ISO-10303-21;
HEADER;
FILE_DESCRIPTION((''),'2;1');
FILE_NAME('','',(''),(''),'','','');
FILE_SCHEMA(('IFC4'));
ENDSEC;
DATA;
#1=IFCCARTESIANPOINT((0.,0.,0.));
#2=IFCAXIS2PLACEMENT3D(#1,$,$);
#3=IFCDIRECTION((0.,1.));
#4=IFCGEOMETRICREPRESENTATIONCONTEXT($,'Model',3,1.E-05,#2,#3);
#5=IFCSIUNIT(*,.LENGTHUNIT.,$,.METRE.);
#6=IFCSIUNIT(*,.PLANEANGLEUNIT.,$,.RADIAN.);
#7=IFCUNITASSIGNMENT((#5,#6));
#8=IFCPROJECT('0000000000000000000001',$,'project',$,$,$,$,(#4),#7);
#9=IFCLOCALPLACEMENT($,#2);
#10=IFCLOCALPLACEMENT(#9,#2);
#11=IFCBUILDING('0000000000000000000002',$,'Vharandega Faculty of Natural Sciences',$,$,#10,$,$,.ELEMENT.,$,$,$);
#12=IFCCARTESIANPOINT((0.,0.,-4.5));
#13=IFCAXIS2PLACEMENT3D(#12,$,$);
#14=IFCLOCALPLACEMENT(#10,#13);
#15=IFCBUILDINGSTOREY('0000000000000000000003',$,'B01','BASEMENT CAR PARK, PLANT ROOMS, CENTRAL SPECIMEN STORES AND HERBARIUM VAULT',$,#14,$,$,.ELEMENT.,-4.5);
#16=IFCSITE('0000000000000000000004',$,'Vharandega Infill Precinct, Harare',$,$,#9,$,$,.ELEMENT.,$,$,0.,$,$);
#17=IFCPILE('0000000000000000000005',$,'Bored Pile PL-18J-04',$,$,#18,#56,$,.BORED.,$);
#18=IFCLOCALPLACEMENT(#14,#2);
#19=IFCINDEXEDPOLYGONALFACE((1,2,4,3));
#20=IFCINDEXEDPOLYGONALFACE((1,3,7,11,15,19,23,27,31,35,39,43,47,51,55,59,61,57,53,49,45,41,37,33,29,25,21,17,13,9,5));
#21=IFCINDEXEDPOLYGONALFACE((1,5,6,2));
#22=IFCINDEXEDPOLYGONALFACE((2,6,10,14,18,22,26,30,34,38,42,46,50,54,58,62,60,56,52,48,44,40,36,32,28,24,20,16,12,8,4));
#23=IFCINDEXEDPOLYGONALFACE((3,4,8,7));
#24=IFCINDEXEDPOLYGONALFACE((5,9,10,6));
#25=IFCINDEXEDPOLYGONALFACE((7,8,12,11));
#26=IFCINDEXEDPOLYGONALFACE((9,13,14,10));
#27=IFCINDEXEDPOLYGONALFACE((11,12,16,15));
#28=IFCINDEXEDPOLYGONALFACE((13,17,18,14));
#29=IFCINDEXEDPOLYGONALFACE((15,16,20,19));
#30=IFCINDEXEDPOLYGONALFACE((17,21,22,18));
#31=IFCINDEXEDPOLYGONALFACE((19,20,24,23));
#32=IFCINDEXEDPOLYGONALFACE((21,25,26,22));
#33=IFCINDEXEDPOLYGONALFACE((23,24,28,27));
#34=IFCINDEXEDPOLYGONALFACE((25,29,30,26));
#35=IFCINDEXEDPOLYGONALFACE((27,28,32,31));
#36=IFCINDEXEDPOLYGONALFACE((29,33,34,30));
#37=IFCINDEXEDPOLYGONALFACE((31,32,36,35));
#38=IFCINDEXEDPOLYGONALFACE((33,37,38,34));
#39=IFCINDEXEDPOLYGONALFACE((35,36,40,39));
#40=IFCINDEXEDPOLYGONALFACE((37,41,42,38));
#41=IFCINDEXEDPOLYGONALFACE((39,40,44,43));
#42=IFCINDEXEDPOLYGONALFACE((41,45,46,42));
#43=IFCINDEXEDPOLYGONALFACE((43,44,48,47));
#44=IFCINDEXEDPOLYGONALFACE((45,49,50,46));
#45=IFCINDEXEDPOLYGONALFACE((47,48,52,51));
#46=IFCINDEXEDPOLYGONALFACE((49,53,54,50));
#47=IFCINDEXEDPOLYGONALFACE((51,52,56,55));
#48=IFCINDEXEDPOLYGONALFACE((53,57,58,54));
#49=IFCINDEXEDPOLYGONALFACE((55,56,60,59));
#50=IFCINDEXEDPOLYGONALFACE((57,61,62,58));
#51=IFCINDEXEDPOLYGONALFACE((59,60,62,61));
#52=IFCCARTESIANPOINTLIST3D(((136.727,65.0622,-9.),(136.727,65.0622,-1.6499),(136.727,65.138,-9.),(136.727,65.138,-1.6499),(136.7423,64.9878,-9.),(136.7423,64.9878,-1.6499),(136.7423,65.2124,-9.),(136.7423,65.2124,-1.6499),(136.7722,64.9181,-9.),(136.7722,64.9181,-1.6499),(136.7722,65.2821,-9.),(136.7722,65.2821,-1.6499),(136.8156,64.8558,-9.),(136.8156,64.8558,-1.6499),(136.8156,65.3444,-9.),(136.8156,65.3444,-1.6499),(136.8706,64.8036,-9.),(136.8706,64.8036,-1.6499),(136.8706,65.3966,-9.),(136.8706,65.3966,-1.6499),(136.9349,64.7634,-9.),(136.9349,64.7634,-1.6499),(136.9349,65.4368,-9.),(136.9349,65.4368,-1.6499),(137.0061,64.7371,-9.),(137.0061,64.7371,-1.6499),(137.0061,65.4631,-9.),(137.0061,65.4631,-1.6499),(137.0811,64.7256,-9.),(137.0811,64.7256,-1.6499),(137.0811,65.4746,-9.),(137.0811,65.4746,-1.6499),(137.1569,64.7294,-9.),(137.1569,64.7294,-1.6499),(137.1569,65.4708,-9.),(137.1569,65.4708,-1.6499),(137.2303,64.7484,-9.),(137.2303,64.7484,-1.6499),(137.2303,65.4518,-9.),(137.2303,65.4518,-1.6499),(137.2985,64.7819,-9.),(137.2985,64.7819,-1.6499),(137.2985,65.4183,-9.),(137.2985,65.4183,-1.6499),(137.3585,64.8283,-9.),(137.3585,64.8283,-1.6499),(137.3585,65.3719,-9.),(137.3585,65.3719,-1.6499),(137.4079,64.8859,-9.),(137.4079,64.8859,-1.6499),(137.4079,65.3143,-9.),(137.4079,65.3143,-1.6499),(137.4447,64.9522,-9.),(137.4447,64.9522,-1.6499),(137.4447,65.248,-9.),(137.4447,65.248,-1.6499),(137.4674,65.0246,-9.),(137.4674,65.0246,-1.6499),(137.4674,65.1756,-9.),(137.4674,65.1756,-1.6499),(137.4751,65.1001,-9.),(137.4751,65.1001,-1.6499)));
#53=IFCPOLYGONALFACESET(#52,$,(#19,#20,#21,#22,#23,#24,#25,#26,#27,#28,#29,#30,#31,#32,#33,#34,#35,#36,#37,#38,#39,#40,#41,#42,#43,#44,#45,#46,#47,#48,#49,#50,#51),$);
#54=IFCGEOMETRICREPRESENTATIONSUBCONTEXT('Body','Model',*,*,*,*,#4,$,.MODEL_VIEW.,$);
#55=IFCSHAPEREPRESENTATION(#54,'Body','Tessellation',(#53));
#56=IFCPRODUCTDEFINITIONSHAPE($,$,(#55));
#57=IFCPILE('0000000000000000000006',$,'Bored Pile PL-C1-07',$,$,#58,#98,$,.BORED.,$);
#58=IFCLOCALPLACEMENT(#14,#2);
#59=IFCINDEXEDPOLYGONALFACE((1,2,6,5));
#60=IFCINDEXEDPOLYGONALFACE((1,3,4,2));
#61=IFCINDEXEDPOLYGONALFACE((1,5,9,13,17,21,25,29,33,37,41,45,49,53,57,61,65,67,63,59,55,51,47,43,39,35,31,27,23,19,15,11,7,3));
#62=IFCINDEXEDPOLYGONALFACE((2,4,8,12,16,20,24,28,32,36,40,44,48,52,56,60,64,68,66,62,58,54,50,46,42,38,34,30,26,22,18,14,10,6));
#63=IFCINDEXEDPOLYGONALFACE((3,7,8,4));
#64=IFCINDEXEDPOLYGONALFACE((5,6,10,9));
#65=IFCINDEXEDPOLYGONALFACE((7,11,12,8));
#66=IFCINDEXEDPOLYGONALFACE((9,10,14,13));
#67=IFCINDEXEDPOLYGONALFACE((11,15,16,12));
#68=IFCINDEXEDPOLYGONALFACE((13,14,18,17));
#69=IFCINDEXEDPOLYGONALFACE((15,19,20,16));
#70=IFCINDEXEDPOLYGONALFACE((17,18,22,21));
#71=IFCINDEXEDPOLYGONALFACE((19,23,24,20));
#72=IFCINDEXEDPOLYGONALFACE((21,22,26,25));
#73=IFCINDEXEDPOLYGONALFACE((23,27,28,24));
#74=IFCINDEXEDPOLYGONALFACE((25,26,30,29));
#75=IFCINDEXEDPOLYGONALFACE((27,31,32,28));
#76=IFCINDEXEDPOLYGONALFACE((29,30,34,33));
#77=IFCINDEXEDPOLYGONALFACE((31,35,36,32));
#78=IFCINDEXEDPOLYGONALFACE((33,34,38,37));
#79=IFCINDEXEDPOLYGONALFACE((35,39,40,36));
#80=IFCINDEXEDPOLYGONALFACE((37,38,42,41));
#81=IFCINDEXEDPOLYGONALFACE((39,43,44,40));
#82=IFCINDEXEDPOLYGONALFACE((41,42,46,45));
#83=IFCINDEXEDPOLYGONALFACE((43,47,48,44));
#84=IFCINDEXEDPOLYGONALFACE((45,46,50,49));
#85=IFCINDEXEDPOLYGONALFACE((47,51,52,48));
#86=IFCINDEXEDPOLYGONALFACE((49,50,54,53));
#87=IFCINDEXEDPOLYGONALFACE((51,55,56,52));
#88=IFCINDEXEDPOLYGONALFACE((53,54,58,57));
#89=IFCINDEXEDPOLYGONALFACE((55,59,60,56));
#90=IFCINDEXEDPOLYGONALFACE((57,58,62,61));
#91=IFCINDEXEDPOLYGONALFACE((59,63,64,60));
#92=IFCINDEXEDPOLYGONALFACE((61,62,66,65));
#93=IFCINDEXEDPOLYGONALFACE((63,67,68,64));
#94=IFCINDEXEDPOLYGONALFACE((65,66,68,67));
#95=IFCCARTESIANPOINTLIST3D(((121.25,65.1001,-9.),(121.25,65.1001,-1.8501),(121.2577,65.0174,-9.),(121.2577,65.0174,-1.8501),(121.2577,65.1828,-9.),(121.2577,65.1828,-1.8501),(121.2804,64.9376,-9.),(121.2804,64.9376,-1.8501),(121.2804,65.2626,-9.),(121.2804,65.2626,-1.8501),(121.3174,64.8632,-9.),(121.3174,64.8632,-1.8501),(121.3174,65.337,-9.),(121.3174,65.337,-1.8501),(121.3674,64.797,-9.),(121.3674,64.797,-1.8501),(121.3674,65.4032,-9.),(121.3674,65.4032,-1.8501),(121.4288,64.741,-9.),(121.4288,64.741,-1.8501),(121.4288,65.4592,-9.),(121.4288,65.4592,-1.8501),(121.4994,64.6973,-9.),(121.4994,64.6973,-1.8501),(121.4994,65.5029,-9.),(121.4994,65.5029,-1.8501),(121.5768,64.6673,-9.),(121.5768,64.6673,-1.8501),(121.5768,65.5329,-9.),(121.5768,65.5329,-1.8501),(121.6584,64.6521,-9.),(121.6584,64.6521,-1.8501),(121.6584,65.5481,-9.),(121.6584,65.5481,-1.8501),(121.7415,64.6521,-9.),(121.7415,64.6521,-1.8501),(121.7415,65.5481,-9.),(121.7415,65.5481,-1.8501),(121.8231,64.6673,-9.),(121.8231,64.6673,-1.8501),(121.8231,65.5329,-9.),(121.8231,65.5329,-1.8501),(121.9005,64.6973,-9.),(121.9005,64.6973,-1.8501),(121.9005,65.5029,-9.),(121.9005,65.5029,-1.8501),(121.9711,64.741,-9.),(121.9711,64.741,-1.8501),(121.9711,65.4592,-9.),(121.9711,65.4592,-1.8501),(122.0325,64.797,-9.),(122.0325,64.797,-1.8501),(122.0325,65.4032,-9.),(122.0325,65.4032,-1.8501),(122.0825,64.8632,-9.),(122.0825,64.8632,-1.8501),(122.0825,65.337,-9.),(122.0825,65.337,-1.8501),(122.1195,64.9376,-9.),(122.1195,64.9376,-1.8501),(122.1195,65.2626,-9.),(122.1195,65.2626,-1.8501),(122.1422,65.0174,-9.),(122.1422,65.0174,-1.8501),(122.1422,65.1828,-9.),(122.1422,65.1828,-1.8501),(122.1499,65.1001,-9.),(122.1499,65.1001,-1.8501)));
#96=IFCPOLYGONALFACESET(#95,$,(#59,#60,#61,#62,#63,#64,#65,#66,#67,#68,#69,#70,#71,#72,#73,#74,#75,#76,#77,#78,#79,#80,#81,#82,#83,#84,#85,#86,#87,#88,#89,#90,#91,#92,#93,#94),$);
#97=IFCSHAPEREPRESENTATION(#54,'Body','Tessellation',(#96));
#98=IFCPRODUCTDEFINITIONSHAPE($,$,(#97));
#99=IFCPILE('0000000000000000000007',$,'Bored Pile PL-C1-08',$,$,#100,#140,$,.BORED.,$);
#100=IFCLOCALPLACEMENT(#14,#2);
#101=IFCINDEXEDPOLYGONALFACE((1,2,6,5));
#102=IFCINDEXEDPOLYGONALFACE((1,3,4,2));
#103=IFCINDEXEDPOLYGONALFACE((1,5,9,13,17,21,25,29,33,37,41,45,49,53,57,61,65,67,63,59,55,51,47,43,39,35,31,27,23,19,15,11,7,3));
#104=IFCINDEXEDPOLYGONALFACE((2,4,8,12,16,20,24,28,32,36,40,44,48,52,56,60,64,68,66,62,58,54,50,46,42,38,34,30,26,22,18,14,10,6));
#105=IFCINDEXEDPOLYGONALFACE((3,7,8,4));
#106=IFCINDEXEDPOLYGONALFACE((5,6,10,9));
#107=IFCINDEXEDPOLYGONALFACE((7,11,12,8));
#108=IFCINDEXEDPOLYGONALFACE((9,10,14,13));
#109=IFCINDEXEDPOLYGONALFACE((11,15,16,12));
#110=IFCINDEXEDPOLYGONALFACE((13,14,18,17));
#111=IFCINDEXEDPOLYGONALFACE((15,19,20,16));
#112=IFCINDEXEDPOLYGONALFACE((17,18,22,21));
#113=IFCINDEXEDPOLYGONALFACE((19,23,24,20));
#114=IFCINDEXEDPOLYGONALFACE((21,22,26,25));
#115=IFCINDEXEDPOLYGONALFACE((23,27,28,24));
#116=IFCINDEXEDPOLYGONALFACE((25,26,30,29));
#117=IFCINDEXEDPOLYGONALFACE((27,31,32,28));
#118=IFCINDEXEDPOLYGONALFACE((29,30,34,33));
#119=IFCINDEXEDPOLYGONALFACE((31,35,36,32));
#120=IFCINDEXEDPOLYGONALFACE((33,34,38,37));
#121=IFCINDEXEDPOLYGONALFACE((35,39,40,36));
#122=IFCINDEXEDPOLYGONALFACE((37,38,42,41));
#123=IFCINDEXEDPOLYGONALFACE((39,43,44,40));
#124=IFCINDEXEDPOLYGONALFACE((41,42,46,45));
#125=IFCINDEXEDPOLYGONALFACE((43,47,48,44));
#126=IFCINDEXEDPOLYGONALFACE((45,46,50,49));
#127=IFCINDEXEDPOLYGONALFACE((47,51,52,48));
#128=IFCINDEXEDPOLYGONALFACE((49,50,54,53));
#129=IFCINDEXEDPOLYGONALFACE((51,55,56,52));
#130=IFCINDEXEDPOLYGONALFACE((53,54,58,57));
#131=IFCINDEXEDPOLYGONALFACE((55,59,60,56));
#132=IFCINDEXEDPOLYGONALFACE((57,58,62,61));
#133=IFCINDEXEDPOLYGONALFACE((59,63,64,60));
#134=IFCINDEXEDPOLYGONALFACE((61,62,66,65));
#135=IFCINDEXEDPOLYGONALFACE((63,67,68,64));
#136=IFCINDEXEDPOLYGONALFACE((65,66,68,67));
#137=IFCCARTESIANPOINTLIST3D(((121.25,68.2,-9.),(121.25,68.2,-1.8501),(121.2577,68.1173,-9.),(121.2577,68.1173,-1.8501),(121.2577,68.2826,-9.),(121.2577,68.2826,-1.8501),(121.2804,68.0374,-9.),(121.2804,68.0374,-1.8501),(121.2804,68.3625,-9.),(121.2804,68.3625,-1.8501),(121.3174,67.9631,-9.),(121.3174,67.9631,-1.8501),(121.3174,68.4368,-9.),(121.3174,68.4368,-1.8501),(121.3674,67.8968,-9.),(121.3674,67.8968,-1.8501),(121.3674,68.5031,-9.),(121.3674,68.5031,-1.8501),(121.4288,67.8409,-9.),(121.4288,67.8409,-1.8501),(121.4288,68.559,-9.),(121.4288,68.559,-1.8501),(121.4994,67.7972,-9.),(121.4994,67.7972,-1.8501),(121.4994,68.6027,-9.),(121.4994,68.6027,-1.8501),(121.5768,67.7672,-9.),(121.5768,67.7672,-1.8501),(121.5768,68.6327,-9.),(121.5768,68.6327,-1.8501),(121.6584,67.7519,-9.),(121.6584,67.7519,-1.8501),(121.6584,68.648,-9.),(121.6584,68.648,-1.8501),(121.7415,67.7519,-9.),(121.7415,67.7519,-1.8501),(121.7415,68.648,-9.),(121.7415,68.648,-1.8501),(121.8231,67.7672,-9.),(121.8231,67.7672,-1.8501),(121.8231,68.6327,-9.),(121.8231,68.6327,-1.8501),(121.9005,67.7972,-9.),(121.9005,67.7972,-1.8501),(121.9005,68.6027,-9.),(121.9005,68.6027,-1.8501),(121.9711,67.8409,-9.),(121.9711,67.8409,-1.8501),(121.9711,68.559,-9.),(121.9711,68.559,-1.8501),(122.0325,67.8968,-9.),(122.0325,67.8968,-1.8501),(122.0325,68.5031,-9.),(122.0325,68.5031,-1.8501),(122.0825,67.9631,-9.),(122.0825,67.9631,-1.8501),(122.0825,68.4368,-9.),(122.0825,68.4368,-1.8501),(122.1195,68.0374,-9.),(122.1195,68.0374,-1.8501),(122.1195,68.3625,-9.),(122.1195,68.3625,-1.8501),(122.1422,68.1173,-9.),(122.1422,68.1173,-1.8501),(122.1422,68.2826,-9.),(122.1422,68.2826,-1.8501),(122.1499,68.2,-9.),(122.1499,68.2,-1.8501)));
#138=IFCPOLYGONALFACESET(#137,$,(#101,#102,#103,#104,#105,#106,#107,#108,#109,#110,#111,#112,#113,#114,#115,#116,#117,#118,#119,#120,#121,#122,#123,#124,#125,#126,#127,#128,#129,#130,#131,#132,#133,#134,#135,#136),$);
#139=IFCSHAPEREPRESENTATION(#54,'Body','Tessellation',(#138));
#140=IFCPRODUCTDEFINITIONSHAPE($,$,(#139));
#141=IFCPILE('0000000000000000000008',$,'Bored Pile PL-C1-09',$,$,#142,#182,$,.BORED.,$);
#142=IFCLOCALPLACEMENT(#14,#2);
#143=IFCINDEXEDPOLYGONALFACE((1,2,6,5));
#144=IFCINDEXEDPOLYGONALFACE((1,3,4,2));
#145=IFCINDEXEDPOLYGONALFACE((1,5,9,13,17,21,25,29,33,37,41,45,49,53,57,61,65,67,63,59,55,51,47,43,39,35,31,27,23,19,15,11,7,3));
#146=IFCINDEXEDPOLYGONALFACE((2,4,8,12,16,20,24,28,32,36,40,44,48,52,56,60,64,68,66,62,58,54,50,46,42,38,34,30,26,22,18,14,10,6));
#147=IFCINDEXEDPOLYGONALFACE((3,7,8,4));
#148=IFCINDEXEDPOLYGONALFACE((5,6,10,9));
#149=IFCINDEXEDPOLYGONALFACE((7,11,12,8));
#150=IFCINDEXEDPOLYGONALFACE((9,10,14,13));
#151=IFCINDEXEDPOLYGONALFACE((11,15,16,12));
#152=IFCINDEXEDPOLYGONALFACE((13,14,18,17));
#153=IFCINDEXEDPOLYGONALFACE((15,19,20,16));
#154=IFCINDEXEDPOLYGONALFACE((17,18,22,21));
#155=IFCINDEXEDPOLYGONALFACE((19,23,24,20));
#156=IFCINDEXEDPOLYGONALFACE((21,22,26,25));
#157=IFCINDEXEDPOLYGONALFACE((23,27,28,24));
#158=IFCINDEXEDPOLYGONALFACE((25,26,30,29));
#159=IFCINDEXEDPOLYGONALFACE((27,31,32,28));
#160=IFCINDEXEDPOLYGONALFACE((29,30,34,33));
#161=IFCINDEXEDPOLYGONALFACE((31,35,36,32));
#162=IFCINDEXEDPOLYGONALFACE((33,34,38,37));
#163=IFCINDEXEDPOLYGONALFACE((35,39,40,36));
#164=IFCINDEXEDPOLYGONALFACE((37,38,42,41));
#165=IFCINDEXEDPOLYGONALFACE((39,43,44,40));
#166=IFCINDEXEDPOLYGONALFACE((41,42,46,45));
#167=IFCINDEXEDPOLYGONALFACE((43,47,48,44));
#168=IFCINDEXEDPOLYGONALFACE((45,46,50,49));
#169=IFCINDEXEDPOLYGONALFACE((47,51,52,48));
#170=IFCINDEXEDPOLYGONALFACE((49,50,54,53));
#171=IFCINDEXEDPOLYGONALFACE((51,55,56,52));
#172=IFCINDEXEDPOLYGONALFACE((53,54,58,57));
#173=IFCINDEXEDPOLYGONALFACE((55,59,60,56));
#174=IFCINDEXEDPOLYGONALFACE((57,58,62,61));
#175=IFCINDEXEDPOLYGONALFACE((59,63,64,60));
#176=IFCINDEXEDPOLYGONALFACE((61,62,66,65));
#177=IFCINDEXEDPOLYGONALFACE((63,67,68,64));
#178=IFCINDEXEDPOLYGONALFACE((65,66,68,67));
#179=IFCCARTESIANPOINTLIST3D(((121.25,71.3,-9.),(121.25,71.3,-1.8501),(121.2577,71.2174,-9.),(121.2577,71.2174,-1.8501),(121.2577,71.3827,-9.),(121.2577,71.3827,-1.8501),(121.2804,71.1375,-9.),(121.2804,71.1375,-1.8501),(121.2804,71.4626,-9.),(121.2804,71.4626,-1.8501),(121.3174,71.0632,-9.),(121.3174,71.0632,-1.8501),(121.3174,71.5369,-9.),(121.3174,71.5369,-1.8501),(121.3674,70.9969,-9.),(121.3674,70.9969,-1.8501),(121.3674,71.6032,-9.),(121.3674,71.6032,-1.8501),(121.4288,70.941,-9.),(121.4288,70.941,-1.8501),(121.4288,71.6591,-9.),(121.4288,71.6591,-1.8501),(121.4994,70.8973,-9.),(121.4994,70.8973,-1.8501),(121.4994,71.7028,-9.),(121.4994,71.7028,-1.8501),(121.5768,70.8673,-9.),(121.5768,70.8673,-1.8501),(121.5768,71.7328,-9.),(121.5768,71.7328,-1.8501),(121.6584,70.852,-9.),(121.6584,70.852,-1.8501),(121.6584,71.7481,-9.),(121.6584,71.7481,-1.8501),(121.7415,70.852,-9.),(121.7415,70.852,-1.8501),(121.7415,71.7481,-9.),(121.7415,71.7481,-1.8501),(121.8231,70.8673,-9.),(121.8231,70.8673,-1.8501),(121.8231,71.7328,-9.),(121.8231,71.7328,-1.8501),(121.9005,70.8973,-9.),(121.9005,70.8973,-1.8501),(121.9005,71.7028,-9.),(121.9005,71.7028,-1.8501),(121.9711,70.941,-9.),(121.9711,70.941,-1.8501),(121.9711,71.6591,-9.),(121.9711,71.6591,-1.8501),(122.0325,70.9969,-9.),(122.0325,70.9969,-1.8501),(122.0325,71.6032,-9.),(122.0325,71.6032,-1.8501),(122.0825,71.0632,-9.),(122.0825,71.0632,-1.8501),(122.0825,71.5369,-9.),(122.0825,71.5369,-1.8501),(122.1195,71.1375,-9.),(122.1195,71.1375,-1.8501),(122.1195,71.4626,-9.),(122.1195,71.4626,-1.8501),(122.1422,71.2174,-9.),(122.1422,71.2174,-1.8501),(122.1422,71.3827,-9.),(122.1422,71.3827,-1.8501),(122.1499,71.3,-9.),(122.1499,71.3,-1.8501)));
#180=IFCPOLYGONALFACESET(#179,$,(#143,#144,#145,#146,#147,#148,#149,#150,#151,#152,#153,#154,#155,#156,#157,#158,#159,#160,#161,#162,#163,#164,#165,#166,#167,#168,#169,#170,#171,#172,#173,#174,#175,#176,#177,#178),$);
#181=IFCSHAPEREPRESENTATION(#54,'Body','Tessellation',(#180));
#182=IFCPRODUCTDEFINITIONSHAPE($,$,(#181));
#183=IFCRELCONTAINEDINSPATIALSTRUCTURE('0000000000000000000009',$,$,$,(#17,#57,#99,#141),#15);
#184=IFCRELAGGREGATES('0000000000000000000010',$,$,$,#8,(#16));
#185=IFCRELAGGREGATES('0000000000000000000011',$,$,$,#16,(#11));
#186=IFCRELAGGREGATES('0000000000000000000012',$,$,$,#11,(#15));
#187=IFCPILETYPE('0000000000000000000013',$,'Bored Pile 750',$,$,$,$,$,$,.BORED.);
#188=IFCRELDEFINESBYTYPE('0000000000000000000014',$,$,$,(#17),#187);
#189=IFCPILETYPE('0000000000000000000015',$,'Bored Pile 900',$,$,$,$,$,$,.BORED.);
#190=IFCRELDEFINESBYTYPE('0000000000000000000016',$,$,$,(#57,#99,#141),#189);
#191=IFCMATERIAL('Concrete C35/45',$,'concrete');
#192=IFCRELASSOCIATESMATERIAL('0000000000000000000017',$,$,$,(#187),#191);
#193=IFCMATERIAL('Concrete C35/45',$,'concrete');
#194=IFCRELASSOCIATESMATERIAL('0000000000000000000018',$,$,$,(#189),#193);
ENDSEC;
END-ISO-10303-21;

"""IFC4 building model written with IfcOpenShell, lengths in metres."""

from ifc_helpers import new_model, si_unit, direction, frame, origin, origin_2d, place, context, subcontext, project, spatial, circle, extrude, material, material_profile, profile_set, type_object, element, save


model = new_model("IFC4")

# Units and contexts
model_context = context("Model", 3, precision=1e-05, world=origin(), true_north=direction((0.0, 1.0)))
body_context = subcontext(model_context, "Body", "Model", "MODEL_VIEW")
ifc_project = project(units=[si_unit("LENGTHUNIT", "METRE"), si_unit("PLANEANGLEUNIT", "RADIAN")], contexts=[model_context])

# Site, building, storey
site_placement = place(None, origin())
site = spatial("IfcSite", under=ifc_project, at=site_placement, Name="Vharandega Infill Precinct, Harare", CompositionType="ELEMENT", RefElevation=0.0)
building_placement = place(site_placement, origin())
building = spatial("IfcBuilding", under=site, at=building_placement, Name="Vharandega Faculty of Natural Sciences", CompositionType="ELEMENT")
storey_placement = place(building_placement, frame((0.0, 0.0, -4.5)))
storey = spatial("IfcBuildingStorey", under=building, at=storey_placement, Name="B01", Description="BASEMENT CAR PARK, PLANT ROOMS, CENTRAL SPECIMEN STORES AND HERBARIUM VAULT", CompositionType="ELEMENT", Elevation=-4.5)

# Piles
ifc_material_1 = material(Name="Concrete C35/45", Category="concrete")
ifc_material_profile_1 = material_profile(ifc_material_1, circle(Radius=0.375, at=origin_2d()), Name="PILE 750")
ifc_profile_set_1 = profile_set([ifc_material_profile_1], Name="Concrete C35/45")
pile_type_1 = type_object("IfcPileType", Name="Bored Pile 750", PredefinedType="BORED", material=ifc_profile_set_1)
for number, where, z_axis, x_axis, name in (
    (1, (137.1001, 65.1001, -1.6499), (0.0, 0.0, -1.0), (1.0, 0.0, 0.0), "Bored Pile PL-18J-04"),
):
    element("IfcPile", number, at=place(storey_placement, frame(where, z_axis=z_axis, x_axis=x_axis)), inside=storey, type_object=pile_type_1, Name=name, PredefinedType="BORED", context=body_context, shape_type="SweptSolid", body=[
        extrude(circle(Radius=0.375, at=origin_2d()), origin(), (0.0, 0.0, 1.0), 7.3501),
    ])
ifc_material_2 = material(Name="Concrete C35/45", Category="concrete")
ifc_material_profile_2 = material_profile(ifc_material_2, circle(Radius=0.45, at=origin_2d()), Name="PILE 900")
ifc_profile_set_2 = profile_set([ifc_material_profile_2], Name="Concrete C35/45")
pile_type_2 = type_object("IfcPileType", Name="Bored Pile 900", PredefinedType="BORED", material=ifc_profile_set_2)
for number, where, z_axis, x_axis, name in (
    (2, (121.7, 65.1001, -1.8501), (0.0, 0.0, -1.0), (1.0, 0.0, 0.0), "Bored Pile PL-C1-07"),
    (3, (121.7, 68.2, -1.8501), (0.0, 0.0, -1.0), (1.0, 0.0, 0.0), "Bored Pile PL-C1-08"),
    (4, (121.7, 71.3, -1.8501), (0.0, 0.0, -1.0), (1.0, 0.0, 0.0), "Bored Pile PL-C1-09"),
):
    element("IfcPile", number, at=place(storey_placement, frame(where, z_axis=z_axis, x_axis=x_axis)), inside=storey, type_object=pile_type_2, Name=name, PredefinedType="BORED", context=body_context, shape_type="SweptSolid", body=[
        extrude(circle(Radius=0.45, at=origin_2d()), origin(), (0.0, 0.0, 1.0), 7.1499),
    ])

save(model, "model.ifc")
